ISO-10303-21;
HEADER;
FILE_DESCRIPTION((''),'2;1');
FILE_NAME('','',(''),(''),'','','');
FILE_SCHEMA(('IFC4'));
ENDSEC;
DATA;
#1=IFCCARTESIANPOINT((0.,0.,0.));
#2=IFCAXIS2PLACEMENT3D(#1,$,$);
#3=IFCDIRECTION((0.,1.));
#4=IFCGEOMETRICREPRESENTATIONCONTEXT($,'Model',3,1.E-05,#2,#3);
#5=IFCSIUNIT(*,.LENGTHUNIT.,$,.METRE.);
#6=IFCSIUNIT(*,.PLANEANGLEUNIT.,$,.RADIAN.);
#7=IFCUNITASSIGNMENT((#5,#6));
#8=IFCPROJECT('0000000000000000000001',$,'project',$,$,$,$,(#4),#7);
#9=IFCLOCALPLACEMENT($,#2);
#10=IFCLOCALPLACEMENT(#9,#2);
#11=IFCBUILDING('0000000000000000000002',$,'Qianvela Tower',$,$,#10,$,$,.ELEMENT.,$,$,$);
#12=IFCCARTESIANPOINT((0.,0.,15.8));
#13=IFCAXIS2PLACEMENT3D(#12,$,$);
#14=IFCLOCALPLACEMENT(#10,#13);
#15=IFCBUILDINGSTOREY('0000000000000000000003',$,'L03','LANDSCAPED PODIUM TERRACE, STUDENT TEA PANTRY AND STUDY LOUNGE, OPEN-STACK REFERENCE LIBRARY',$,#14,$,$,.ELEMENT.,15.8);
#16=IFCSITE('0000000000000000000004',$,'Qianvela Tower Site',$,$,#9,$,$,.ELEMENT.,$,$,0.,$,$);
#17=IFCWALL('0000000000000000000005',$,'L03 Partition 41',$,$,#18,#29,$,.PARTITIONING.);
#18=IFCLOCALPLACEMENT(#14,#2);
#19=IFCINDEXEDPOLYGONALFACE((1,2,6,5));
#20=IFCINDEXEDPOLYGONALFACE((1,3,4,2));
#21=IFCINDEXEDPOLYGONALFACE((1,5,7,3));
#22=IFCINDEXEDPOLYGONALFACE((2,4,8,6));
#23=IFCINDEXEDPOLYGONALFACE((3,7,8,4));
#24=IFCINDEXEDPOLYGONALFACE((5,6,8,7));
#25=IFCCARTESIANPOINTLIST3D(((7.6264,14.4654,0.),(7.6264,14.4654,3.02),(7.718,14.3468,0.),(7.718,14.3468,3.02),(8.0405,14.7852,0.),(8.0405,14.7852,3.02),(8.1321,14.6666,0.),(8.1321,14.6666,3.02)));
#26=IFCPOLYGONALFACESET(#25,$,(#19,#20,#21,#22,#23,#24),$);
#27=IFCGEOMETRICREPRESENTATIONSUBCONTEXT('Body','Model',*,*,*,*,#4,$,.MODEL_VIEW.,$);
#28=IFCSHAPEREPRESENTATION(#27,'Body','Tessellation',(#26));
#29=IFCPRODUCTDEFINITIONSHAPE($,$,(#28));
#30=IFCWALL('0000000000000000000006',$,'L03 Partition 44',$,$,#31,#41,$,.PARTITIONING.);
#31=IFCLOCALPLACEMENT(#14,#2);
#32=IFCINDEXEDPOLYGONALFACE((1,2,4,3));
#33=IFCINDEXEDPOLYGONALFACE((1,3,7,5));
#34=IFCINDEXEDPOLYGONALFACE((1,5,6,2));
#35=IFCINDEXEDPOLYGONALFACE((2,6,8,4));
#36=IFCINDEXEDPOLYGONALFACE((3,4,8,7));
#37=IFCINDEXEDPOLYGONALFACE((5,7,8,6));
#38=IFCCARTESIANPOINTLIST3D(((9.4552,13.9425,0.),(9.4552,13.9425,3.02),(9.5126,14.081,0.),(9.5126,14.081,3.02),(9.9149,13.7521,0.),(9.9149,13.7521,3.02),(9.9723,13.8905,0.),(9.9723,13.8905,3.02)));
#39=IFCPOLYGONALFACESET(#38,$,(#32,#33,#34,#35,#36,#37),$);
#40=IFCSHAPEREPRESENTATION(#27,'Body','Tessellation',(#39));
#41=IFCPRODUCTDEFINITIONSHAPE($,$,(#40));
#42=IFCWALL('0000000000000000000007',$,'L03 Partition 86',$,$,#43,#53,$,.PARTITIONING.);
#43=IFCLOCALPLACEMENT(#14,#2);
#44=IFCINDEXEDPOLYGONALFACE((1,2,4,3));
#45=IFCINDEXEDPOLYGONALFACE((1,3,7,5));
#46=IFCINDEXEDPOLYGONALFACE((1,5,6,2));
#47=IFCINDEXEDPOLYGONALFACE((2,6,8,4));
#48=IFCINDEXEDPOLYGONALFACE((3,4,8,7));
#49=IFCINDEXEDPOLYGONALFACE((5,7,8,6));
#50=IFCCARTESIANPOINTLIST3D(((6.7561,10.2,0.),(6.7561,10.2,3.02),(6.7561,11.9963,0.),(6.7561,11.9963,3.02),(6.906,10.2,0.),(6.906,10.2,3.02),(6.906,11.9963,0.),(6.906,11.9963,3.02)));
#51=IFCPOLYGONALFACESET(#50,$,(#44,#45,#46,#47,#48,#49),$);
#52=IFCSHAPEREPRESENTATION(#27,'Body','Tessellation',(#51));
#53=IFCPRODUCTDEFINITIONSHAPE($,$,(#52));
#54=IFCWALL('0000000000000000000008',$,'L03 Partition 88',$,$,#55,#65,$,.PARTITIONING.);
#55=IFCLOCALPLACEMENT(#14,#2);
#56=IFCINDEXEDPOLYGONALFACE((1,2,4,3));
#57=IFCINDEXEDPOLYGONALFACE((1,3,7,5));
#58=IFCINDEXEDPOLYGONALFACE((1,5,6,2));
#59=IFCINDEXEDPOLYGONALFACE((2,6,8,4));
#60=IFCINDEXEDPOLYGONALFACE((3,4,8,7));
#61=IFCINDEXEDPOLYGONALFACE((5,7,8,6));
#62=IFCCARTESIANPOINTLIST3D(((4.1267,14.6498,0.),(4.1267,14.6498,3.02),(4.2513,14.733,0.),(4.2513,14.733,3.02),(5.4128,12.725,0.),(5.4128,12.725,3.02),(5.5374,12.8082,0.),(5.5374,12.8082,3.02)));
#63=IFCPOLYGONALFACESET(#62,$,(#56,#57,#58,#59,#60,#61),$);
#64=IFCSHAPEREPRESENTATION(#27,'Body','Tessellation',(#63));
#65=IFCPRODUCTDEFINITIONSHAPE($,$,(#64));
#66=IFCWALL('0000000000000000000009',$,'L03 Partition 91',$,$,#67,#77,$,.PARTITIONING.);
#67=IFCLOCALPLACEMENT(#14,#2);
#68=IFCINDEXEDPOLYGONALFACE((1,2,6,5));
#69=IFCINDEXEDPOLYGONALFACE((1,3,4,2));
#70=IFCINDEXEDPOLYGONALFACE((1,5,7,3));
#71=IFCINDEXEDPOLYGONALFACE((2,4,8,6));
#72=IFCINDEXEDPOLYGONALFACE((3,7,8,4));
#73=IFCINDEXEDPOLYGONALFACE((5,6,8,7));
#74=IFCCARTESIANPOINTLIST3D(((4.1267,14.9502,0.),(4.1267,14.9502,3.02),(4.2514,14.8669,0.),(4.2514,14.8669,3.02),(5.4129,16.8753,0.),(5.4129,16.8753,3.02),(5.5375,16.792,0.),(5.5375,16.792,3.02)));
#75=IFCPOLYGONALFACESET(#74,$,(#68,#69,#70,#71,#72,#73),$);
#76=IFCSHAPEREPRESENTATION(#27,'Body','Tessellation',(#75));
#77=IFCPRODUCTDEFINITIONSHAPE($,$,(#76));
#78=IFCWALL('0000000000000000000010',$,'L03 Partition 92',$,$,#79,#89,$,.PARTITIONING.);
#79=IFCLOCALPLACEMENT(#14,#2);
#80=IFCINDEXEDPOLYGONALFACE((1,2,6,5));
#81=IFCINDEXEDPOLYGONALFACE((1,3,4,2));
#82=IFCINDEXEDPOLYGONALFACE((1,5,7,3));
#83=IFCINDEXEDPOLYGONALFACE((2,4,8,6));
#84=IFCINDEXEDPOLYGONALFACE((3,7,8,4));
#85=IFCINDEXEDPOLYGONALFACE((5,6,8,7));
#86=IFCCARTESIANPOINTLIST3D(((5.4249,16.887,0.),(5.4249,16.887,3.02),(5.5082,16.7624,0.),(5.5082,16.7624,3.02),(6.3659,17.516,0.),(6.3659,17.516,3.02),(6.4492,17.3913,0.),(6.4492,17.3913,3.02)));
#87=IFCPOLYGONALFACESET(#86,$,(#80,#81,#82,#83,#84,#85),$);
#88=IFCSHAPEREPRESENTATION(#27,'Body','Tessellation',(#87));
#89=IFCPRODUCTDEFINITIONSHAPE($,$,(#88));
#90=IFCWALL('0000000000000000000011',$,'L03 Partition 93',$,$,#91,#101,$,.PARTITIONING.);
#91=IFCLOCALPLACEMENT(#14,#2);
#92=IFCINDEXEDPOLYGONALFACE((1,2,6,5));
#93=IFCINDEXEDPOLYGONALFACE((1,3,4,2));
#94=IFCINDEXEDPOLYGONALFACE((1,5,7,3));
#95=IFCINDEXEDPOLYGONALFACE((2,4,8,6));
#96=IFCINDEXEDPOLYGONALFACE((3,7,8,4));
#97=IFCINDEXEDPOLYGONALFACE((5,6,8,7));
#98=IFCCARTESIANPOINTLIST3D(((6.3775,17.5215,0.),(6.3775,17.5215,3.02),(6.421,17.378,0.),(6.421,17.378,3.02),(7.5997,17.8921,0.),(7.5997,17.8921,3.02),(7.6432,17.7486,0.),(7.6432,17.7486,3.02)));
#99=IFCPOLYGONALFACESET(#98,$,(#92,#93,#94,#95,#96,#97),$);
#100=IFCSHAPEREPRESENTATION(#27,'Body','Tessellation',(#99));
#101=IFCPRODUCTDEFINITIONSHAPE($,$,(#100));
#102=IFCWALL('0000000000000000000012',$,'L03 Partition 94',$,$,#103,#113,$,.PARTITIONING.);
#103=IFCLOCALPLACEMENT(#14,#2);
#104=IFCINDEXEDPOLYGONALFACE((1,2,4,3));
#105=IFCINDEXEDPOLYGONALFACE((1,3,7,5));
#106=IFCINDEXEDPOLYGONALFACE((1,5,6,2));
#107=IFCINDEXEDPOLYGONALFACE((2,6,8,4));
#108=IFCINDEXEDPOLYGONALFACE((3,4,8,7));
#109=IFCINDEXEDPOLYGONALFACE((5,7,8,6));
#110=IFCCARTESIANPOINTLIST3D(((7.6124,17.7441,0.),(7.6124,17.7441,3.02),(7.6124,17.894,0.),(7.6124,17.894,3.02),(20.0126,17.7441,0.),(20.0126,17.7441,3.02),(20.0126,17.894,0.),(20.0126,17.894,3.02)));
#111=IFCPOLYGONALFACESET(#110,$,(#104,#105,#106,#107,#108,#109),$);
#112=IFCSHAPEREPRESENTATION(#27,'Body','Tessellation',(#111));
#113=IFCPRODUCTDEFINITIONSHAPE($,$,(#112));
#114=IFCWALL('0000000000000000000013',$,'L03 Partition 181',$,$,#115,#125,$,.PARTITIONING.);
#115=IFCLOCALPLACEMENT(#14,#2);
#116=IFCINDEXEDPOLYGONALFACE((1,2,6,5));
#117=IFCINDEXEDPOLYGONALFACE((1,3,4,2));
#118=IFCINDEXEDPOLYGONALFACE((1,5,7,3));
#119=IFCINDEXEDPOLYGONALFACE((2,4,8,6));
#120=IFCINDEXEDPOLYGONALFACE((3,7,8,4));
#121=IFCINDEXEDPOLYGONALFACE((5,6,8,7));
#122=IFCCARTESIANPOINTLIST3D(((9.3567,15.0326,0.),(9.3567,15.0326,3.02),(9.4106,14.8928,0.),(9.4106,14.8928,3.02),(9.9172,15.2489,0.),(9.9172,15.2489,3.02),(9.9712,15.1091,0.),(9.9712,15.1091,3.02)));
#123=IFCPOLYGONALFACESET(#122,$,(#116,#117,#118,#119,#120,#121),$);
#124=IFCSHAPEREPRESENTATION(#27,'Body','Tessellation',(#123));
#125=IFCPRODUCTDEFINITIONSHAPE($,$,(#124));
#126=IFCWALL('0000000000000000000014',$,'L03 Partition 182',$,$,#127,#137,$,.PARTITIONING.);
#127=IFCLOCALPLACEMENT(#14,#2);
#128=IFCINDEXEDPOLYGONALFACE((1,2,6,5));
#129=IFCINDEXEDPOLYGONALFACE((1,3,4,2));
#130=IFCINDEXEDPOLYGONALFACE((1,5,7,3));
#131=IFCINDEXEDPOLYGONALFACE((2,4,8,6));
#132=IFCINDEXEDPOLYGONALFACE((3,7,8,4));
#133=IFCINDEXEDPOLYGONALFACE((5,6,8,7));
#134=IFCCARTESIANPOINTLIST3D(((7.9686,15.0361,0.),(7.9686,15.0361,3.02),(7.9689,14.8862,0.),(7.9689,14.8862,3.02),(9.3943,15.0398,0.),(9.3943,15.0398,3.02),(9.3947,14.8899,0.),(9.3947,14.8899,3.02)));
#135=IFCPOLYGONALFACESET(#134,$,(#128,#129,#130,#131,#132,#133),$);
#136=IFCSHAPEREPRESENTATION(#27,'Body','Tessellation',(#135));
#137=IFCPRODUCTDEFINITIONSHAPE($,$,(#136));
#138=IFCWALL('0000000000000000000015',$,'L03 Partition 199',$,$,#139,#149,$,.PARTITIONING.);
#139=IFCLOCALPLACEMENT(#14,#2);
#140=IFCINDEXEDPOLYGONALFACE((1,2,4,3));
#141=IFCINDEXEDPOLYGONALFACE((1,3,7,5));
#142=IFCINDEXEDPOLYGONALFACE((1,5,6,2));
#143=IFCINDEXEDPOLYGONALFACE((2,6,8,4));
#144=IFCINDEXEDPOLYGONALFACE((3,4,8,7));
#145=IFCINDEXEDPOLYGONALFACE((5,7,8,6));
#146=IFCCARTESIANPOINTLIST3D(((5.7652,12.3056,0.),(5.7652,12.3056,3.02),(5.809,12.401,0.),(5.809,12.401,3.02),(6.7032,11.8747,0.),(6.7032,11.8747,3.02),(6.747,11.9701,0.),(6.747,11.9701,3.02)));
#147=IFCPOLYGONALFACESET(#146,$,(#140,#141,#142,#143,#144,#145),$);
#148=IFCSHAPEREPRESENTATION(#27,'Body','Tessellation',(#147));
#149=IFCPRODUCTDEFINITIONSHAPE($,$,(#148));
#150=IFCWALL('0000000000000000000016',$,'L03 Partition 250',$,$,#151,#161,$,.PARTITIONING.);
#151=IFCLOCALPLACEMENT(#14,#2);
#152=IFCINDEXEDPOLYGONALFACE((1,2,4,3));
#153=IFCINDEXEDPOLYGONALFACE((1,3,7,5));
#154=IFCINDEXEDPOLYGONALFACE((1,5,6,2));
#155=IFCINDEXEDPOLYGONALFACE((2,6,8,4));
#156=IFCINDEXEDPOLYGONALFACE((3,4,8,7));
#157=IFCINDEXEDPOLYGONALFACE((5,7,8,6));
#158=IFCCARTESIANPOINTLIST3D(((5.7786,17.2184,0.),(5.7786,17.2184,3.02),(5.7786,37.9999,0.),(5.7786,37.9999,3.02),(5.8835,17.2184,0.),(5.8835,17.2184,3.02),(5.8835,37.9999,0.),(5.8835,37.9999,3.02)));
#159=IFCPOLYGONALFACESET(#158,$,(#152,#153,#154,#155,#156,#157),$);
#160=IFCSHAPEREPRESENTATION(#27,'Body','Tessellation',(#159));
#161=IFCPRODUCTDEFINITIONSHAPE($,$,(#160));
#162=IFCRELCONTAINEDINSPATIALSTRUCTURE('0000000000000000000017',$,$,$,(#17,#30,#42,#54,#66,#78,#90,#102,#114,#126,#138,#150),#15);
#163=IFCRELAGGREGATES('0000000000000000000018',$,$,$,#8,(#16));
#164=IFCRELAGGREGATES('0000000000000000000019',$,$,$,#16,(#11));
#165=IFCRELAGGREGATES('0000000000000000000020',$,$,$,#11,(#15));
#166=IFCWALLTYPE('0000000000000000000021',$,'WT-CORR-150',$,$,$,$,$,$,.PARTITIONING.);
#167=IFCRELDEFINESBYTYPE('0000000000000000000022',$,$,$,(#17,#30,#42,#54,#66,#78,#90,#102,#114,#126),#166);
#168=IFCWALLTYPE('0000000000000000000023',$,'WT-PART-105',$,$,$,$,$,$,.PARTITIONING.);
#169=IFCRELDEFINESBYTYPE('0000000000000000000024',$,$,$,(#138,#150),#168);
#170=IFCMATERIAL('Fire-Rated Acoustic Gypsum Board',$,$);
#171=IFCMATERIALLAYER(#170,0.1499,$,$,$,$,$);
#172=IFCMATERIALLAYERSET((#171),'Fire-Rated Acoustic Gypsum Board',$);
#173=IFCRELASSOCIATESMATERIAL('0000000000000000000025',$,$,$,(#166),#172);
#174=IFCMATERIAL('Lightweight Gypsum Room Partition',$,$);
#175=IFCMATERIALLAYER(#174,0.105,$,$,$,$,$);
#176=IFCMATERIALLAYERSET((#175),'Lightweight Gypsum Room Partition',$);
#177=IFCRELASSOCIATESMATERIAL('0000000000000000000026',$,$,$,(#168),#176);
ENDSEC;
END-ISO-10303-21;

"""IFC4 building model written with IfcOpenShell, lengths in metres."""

from ifc_helpers import new_model, si_unit, direction, frame, frame_2d, origin, place, context, subcontext, project, spatial, rectangle, extrude, material, layer, layer_set, type_object, element, save


model = new_model("IFC4")

# Units and contexts
model_context = context("Model", 3, precision=1e-05, world=origin(), true_north=direction((0.0, 1.0)))
body_context = subcontext(model_context, "Body", "Model", "MODEL_VIEW")
ifc_project = project(units=[si_unit("LENGTHUNIT", "METRE"), si_unit("PLANEANGLEUNIT", "RADIAN")], contexts=[model_context])

# Site, building, storey
site_placement = place(None, origin())
site = spatial("IfcSite", under=ifc_project, at=site_placement, Name="Qianvela Tower Site", CompositionType="ELEMENT", RefElevation=0.0)
building_placement = place(site_placement, origin())
building = spatial("IfcBuilding", under=site, at=building_placement, Name="Qianvela Tower", CompositionType="ELEMENT")
storey_placement = place(building_placement, frame((0.0, 0.0, 15.8)))
storey = spatial("IfcBuildingStorey", under=building, at=storey_placement, Name="L03", Description="LANDSCAPED PODIUM TERRACE, STUDENT TEA PANTRY AND STUDY LOUNGE, OPEN-STACK REFERENCE LIBRARY", CompositionType="ELEMENT", Elevation=15.8)

# Walls
ifc_material_1 = material(Name="Fire-Rated Acoustic Gypsum Board")
ifc_layer_1 = layer(ifc_material_1, 0.1499)
ifc_layer_set_1 = layer_set([ifc_layer_1], Name="Fire-Rated Acoustic Gypsum Board")
wall_type_1 = type_object("IfcWallType", Name="WT-CORR-150", PredefinedType="PARTITIONING", material=ifc_layer_set_1)
wall_1_placement = place(storey_placement, frame((7.6721, 14.406, 0.0), z_axis=(0.0, 0.0, 1.0), x_axis=(0.791408, 0.611288, 0.0)))
element("IfcWall", 1, at=wall_1_placement, inside=storey, type_object=wall_type_1, Name="L03 Partition 41", PredefinedType="PARTITIONING", context=body_context, shape_type="SweptSolid", body=[
    extrude(rectangle(XDim=0.5232, YDim=0.1499, at=frame_2d((0.2617, 0.0))), origin(), (0.0, 0.0, 1.0), 3.02),
])
wall_2_placement = place(storey_placement, frame((9.4839, 14.0117, 0.0), z_axis=(0.0, 0.0, 1.0), x_axis=(0.923873, -0.382698, 0.0)))
element("IfcWall", 2, at=wall_2_placement, inside=storey, type_object=wall_type_1, Name="L03 Partition 44", PredefinedType="PARTITIONING", context=body_context, shape_type="SweptSolid", body=[
    extrude(rectangle(XDim=0.4976, YDim=0.1499, at=frame_2d((0.2488, 0.0))), origin(), (0.0, 0.0, 1.0), 3.02),
])
wall_3_placement = place(storey_placement, frame((6.8311, 10.2, 0.0), z_axis=(0.0, 0.0, 1.0), x_axis=(0.0, 1.0, 0.0)))
element("IfcWall", 3, at=wall_3_placement, inside=storey, type_object=wall_type_1, Name="L03 Partition 86", PredefinedType="PARTITIONING", context=body_context, shape_type="SweptSolid", body=[
    extrude(rectangle(XDim=1.7964, YDim=0.1499, at=frame_2d((0.8982, 0.0))), origin(), (0.0, 0.0, 1.0), 3.02),
])
wall_4_placement = place(storey_placement, frame((5.4751, 12.7666, 0.0), z_axis=(0.0, 0.0, 1.0), x_axis=(-0.555576, 0.831466, 0.0)))
element("IfcWall", 4, at=wall_4_placement, inside=storey, type_object=wall_type_1, Name="L03 Partition 88", PredefinedType="PARTITIONING", context=body_context, shape_type="SweptSolid", body=[
    extrude(rectangle(XDim=2.3149, YDim=0.1499, at=frame_2d((1.1575, 0.0))), origin(), (0.0, 0.0, 1.0), 3.02),
])
wall_5_placement = place(storey_placement, frame((4.189, 14.9084, 0.0), z_axis=(0.0, 0.0, 1.0), x_axis=(0.555527, 0.831498, 0.0)))
element("IfcWall", 5, at=wall_5_placement, inside=storey, type_object=wall_type_1, Name="L03 Partition 91", PredefinedType="PARTITIONING", context=body_context, shape_type="SweptSolid", body=[
    extrude(rectangle(XDim=2.3152, YDim=0.1499, at=frame_2d((1.1577, 0.0))), origin(), (0.0, 0.0, 1.0), 3.02),
])
wall_6_placement = place(storey_placement, frame((5.4666, 16.8247, 0.0), z_axis=(0.0, 0.0, 1.0), x_axis=(0.831386, 0.555695, 0.0)))
element("IfcWall", 6, at=wall_6_placement, inside=storey, type_object=wall_type_1, Name="L03 Partition 92", PredefinedType="PARTITIONING", context=body_context, shape_type="SweptSolid", body=[
    extrude(rectangle(XDim=1.1318, YDim=0.1499, at=frame_2d((0.5659, 0.0))), origin(), (0.0, 0.0, 1.0), 3.02),
])
wall_7_placement = place(storey_placement, frame((6.3992, 17.4497, 0.0), z_axis=(0.0, 0.0, 1.0), x_axis=(0.95697, 0.290188, 0.0)))
element("IfcWall", 7, at=wall_7_placement, inside=storey, type_object=wall_type_1, Name="L03 Partition 93", PredefinedType="PARTITIONING", context=body_context, shape_type="SweptSolid", body=[
    extrude(rectangle(XDim=1.2771, YDim=0.1499, at=frame_2d((0.6387, 0.0))), origin(), (0.0, 0.0, 1.0), 3.02),
])
wall_8_placement = place(storey_placement, frame((7.6123, 17.8191, 0.0), z_axis=(0.0, 0.0, 1.0), x_axis=(1.0, 0.0, 0.0)))
element("IfcWall", 8, at=wall_8_placement, inside=storey, type_object=wall_type_1, Name="L03 Partition 94", PredefinedType="PARTITIONING", context=body_context, shape_type="SweptSolid", body=[
    extrude(rectangle(XDim=12.4001, YDim=0.1499, at=frame_2d((6.2002, 0.0))), origin(), (0.0, 0.0, 1.0), 3.02),
])
wall_9_placement = place(storey_placement, frame((9.9441, 15.179, 0.0), z_axis=(0.0, 0.0, 1.0), x_axis=(-0.932947, -0.360014, 0.0)))
element("IfcWall", 9, at=wall_9_placement, inside=storey, type_object=wall_type_1, Name="L03 Partition 181", PredefinedType="PARTITIONING", context=body_context, shape_type="SweptSolid", body=[
    extrude(rectangle(XDim=0.6008, YDim=0.1499, at=frame_2d((0.3003, 0.0))), origin(), (0.0, 0.0, 1.0), 3.02),
])
wall_10_placement = place(storey_placement, frame((9.3945, 14.9648, 0.0), z_axis=(0.0, 0.0, 1.0), x_axis=(-0.999997, -0.002568, 0.0)))
element("IfcWall", 10, at=wall_10_placement, inside=storey, type_object=wall_type_1, Name="L03 Partition 182", PredefinedType="PARTITIONING", context=body_context, shape_type="SweptSolid", body=[
    extrude(rectangle(XDim=1.4258, YDim=0.1499, at=frame_2d((0.7129, 0.0))), origin(), (0.0, 0.0, 1.0), 3.02),
])
ifc_material_2 = material(Name="Lightweight Gypsum Room Partition")
ifc_layer_2 = layer(ifc_material_2, 0.105)
ifc_layer_set_2 = layer_set([ifc_layer_2], Name="Lightweight Gypsum Room Partition")
wall_type_2 = type_object("IfcWallType", Name="WT-PART-105", PredefinedType="PARTITIONING", material=ifc_layer_set_2)
wall_11_placement = place(storey_placement, frame((5.7871, 12.3533, 0.0), z_axis=(0.0, 0.0, 1.0), x_axis=(0.908699, -0.417453, 0.0)))
element("IfcWall", 11, at=wall_11_placement, inside=storey, type_object=wall_type_2, Name="L03 Partition 199", PredefinedType="PARTITIONING", context=body_context, shape_type="SweptSolid", body=[
    extrude(rectangle(XDim=1.0322, YDim=0.105, at=frame_2d((0.5161, 0.0))), origin(), (0.0, 0.0, 1.0), 3.02),
])
wall_12_placement = place(storey_placement, frame((5.8311, 17.2185, 0.0), z_axis=(0.0, 0.0, 1.0), x_axis=(0.0, 1.0, 0.0)))
element("IfcWall", 12, at=wall_12_placement, inside=storey, type_object=wall_type_2, Name="L03 Partition 250", PredefinedType="PARTITIONING", context=body_context, shape_type="SweptSolid", body=[
    extrude(rectangle(XDim=20.7815, YDim=0.105, at=frame_2d((10.3906, 0.0))), origin(), (0.0, 0.0, 1.0), 3.02),
])

save(model, "model.ifc")
